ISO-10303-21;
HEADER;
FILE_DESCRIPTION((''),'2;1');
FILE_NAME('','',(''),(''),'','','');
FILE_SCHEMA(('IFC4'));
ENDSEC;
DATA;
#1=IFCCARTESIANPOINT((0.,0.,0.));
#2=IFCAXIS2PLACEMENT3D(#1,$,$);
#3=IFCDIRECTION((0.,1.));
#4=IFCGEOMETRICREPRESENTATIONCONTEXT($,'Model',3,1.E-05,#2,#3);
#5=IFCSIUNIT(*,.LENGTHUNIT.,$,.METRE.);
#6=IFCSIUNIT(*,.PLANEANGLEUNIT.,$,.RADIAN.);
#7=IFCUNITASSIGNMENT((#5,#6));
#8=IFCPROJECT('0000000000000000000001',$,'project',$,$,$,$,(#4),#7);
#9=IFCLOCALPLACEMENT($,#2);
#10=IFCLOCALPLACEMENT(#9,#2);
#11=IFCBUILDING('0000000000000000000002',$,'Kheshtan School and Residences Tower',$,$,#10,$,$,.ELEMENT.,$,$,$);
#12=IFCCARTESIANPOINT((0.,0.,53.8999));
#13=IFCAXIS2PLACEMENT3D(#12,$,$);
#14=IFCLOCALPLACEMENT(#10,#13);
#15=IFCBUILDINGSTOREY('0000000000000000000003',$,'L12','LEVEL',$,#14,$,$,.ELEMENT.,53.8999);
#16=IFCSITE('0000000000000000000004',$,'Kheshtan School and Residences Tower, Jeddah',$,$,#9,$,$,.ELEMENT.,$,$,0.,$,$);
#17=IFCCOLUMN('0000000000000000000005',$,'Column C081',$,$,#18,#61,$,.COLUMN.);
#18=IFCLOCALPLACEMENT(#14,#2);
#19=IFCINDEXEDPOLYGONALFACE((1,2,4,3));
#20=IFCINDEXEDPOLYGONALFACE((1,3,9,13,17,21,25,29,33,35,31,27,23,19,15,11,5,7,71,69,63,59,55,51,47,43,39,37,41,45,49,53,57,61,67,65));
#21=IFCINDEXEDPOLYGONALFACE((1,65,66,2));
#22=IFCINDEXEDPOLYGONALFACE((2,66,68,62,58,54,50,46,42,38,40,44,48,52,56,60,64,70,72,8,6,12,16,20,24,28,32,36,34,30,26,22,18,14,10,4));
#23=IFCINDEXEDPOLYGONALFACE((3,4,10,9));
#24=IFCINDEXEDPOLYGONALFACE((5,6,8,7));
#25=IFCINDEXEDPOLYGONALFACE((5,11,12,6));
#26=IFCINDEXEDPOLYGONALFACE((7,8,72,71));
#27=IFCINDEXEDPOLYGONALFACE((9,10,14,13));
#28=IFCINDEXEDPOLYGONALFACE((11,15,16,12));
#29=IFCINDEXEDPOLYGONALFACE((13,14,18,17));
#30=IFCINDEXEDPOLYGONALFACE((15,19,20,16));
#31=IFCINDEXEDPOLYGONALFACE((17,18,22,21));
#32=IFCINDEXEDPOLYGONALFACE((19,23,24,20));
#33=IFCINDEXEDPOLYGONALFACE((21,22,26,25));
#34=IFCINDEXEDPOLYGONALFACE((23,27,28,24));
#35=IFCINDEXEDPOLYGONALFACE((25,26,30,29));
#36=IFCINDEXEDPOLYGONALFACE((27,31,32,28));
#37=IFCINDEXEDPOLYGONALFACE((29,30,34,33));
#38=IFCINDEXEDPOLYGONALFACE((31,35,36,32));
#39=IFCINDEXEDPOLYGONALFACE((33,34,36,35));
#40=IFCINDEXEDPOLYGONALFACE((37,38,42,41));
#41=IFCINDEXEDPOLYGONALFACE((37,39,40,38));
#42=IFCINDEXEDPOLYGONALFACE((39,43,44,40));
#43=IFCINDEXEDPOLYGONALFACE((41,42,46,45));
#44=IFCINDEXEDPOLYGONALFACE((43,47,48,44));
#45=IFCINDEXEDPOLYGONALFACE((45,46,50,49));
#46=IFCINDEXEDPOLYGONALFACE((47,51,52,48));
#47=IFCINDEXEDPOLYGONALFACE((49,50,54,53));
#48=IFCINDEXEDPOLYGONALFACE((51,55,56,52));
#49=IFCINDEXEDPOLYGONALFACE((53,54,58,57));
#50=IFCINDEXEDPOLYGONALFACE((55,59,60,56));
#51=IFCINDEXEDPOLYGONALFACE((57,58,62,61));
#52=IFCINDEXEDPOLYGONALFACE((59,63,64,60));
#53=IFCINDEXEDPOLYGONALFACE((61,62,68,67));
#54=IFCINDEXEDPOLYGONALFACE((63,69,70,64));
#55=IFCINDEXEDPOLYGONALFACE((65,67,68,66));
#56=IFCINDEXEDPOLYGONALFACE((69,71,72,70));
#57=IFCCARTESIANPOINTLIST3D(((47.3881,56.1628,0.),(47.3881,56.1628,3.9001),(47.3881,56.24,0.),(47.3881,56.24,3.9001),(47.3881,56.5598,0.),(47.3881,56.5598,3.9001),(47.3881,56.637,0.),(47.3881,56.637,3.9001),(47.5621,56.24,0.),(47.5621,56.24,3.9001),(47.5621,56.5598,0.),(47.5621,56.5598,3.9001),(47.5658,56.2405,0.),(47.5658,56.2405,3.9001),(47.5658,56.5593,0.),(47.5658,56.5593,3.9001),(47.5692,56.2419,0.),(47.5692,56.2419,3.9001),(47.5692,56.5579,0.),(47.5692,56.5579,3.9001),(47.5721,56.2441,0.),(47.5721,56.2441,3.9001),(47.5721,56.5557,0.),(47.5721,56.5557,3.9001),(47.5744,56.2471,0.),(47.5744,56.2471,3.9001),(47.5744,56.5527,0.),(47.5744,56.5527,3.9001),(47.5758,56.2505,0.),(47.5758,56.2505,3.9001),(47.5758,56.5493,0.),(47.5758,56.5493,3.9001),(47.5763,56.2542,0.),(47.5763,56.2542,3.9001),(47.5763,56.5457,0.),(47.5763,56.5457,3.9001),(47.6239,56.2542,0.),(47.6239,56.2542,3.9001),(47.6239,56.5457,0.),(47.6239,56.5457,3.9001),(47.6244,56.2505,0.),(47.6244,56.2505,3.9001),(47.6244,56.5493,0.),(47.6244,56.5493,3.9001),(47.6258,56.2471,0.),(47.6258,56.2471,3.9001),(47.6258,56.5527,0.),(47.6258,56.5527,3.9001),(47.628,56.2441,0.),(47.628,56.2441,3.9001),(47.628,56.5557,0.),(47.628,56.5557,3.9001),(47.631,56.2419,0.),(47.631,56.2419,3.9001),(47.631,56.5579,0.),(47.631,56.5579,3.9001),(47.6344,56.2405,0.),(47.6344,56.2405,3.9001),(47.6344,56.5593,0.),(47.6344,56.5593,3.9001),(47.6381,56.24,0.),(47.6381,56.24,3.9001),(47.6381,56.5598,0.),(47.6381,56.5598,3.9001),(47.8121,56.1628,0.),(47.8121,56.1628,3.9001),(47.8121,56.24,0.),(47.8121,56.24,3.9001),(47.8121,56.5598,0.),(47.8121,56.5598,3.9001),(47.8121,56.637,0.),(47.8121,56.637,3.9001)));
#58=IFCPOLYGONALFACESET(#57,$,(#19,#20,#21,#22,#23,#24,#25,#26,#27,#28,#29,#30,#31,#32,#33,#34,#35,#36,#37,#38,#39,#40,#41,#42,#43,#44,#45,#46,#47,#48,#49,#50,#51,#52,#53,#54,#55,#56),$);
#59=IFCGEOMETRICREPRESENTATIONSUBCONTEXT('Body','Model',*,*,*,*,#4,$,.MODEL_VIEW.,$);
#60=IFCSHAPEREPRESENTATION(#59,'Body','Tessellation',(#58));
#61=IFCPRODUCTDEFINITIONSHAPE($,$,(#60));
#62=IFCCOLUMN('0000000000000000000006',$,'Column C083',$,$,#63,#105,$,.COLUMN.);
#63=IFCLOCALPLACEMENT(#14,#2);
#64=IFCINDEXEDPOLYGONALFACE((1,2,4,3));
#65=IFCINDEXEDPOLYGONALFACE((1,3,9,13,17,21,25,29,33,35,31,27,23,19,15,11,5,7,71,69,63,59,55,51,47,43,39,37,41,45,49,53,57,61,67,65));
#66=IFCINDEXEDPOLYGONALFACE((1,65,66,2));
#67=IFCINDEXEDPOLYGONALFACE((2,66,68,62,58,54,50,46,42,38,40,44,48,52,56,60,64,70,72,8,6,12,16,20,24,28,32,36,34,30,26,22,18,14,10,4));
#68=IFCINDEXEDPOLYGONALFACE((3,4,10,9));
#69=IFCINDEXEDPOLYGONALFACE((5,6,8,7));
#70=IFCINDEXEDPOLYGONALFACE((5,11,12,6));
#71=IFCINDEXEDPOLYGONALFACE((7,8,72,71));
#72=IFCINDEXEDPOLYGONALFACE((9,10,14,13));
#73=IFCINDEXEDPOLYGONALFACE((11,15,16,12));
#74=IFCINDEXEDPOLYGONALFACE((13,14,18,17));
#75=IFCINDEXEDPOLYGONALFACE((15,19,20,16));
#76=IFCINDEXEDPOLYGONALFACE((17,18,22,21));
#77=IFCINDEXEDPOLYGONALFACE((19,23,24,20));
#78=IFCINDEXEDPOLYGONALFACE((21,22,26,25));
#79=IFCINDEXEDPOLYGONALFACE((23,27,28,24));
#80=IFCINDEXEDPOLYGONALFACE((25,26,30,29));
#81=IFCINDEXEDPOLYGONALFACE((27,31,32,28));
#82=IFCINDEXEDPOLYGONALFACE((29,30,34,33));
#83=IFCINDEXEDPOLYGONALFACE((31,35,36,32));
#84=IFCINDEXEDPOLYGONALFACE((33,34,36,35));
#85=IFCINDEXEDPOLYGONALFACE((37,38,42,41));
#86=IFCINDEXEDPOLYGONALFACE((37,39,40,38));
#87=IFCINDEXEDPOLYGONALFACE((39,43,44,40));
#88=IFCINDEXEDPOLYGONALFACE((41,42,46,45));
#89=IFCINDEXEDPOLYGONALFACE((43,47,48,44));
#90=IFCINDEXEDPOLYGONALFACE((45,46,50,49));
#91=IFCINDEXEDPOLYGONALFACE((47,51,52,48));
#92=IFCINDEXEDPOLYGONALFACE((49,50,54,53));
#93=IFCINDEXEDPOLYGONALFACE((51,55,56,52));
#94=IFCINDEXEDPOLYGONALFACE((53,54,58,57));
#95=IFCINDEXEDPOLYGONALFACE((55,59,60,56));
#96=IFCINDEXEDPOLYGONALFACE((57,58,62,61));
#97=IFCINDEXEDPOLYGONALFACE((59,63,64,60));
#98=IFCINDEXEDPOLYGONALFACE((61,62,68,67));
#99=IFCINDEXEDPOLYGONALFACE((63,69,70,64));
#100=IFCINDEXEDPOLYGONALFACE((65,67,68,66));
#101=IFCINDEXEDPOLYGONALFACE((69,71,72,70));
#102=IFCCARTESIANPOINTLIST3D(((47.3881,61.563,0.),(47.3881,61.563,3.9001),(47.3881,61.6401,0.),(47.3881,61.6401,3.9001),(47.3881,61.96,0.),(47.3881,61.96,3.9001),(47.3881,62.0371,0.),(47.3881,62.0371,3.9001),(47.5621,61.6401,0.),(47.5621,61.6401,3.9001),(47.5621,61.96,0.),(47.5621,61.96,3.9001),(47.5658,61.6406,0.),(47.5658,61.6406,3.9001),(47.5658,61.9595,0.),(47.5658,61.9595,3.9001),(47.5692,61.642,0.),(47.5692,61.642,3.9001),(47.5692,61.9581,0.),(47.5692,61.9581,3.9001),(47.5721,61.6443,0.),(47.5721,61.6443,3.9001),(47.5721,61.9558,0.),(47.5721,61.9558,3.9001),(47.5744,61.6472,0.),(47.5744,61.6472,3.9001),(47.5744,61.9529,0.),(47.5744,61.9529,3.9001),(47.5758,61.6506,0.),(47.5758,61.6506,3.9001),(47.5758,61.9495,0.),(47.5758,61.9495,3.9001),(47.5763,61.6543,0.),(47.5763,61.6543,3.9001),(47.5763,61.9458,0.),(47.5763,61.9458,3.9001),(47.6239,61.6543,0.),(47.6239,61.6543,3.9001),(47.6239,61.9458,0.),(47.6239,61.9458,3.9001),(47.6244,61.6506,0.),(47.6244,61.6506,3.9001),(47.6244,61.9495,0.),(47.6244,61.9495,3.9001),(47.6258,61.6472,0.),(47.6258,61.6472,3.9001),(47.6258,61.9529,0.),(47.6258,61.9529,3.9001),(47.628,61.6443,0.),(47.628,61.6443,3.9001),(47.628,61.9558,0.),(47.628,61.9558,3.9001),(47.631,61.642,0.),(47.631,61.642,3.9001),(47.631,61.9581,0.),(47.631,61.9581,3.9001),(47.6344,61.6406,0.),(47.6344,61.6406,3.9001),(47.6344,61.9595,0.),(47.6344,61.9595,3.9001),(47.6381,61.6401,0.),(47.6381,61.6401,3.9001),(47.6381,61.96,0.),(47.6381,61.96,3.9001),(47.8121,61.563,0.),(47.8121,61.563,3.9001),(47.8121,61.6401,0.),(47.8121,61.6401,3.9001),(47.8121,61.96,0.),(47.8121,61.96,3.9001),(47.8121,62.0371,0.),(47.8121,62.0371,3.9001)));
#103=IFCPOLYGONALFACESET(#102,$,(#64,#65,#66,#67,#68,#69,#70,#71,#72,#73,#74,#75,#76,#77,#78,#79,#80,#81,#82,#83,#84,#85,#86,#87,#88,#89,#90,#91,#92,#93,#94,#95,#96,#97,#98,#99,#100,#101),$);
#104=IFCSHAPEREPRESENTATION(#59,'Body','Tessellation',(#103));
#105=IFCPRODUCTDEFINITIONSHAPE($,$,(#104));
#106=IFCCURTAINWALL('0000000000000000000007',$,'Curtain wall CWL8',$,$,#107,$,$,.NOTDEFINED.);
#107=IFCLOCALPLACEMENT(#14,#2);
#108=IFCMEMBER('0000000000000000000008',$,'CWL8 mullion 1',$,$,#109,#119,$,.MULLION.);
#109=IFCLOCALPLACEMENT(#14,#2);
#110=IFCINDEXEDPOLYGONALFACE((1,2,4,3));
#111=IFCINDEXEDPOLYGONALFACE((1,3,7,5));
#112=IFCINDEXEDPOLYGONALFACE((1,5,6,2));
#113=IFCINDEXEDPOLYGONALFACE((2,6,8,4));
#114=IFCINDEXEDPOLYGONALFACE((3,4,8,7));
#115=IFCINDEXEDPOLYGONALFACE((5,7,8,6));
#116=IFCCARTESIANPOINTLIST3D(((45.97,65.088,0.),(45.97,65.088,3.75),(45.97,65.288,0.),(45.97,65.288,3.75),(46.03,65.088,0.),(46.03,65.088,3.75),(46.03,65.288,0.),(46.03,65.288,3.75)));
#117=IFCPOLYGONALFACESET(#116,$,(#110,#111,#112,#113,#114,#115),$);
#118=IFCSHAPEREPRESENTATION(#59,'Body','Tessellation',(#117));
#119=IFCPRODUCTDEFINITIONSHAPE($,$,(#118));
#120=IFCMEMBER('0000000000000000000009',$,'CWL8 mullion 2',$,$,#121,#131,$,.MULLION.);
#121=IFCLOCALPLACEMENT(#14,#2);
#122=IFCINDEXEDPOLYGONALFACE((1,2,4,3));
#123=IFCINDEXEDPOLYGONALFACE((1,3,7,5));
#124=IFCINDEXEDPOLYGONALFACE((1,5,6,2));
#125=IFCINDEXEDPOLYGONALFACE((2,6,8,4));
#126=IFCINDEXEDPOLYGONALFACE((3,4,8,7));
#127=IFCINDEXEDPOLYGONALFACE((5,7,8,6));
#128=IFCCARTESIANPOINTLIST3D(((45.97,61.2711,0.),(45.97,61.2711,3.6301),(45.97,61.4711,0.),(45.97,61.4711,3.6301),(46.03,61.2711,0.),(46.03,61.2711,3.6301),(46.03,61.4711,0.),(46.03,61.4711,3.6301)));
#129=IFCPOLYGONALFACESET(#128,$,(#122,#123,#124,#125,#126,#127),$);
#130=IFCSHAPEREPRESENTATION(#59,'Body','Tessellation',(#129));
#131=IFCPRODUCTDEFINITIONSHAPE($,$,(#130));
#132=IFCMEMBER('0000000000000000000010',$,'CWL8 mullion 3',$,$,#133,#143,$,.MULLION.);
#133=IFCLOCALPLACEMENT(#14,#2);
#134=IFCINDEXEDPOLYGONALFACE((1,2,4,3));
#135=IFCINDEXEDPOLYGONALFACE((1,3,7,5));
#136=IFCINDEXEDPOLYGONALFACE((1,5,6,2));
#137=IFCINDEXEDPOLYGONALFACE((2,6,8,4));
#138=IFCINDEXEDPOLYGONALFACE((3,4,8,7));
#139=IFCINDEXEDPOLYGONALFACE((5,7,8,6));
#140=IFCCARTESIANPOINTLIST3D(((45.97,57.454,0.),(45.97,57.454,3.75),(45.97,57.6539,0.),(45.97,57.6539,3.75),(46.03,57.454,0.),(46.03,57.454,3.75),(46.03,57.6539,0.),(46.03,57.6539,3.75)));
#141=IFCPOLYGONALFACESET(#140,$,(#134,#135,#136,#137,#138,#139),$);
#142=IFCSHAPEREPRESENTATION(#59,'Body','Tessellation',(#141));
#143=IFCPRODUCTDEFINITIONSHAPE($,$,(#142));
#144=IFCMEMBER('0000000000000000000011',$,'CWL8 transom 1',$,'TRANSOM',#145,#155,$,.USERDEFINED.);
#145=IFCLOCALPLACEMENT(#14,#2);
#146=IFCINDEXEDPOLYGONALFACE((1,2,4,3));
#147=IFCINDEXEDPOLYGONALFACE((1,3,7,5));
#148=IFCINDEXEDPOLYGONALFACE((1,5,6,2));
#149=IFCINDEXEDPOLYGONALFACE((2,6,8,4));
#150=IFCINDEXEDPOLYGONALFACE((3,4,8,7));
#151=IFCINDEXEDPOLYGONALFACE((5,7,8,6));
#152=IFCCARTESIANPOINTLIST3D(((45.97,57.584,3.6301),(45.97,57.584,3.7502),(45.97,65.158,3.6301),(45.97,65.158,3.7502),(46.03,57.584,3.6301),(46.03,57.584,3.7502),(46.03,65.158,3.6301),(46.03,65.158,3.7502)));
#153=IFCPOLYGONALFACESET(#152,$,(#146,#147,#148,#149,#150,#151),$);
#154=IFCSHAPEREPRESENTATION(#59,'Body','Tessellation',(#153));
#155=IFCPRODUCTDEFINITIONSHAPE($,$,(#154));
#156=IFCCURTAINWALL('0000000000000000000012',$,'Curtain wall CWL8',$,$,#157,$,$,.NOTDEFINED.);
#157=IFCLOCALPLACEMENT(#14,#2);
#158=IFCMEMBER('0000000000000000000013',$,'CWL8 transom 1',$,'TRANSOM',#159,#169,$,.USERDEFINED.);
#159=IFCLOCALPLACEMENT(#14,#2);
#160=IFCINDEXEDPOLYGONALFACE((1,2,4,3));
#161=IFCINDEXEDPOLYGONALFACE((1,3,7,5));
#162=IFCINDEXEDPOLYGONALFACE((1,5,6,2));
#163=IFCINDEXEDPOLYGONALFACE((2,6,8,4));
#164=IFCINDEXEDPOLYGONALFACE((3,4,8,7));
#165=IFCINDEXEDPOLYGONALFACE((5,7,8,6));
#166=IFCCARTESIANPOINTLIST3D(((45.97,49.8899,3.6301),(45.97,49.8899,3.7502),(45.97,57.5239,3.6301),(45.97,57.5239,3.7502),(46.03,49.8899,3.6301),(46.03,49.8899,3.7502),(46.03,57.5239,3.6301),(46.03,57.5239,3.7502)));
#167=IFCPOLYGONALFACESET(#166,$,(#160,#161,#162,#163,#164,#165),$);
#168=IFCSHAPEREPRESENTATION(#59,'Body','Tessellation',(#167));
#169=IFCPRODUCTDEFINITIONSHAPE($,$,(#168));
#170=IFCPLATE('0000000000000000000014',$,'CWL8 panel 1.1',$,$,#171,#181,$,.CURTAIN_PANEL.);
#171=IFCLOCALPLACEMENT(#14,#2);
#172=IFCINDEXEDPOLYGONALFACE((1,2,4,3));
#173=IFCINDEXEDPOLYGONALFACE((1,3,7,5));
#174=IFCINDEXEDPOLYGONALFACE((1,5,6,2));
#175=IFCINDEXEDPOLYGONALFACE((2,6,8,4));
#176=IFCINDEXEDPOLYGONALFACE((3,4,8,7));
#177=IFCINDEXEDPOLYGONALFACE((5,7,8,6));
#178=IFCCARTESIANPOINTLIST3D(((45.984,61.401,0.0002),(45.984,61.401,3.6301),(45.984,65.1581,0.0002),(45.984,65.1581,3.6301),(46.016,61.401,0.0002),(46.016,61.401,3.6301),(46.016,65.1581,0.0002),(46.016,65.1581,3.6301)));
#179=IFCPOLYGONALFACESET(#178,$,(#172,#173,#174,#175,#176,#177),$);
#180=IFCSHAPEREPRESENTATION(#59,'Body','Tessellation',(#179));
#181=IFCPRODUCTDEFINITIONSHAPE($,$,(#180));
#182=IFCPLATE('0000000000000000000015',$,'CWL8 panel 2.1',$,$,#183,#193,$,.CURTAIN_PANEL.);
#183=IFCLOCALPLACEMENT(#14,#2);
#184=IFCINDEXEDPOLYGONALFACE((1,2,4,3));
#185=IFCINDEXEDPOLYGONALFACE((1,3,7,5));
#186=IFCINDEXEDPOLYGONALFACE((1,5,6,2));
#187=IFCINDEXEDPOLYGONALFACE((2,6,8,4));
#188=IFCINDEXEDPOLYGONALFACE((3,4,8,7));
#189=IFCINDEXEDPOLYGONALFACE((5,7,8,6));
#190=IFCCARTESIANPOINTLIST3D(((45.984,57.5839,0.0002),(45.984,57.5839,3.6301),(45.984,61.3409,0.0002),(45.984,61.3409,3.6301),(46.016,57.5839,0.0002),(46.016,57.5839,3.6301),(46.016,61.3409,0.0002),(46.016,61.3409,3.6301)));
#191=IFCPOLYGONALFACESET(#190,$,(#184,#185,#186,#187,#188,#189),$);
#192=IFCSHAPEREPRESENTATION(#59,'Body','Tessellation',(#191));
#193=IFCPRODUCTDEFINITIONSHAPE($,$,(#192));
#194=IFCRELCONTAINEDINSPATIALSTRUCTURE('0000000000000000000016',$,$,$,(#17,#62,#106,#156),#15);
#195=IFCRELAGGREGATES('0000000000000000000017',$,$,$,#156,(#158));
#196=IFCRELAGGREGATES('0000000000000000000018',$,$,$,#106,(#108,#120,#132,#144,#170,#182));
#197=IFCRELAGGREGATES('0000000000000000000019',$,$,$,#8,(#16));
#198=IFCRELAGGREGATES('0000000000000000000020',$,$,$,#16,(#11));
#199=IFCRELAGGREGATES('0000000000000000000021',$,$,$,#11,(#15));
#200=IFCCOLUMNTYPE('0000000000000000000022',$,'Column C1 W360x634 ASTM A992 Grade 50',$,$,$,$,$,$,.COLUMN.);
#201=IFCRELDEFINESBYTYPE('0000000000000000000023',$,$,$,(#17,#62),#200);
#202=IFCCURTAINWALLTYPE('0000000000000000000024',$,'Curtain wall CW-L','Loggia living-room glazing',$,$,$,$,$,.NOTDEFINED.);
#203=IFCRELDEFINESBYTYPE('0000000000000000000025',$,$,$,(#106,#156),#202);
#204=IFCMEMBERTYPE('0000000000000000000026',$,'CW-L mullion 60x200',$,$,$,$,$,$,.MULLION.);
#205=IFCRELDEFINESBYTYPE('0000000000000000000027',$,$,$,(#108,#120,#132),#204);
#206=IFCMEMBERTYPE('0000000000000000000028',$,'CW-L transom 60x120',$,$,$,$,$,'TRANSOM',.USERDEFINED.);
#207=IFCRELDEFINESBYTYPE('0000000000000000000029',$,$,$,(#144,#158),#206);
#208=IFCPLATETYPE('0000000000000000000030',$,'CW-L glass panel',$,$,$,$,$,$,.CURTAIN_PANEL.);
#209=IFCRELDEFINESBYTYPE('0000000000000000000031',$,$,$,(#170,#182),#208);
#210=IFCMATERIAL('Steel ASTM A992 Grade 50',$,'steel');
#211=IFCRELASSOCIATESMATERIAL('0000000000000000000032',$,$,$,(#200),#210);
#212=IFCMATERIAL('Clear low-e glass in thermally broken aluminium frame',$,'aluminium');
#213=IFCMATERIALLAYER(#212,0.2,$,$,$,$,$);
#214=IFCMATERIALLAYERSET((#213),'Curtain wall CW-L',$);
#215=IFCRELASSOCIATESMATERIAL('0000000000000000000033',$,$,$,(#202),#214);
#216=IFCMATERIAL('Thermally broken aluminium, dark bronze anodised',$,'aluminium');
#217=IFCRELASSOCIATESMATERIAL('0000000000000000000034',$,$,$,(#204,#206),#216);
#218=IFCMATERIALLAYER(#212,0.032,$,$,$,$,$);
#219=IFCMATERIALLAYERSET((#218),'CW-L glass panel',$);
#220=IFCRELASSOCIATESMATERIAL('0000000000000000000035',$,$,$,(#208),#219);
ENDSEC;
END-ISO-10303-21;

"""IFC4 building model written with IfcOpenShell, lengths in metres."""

from ifc_helpers import new_model, si_unit, direction, frame, origin, origin_2d, place, context, subcontext, project, spatial, rectangle, i_section, extrude, material, layer, layer_set, material_profile, profile_set, type_object, element, aggregate, save


model = new_model("IFC4")

# Units and contexts
model_context = context("Model", 3, precision=1e-05, world=origin(), true_north=direction((0.0, 1.0)))
body_context = subcontext(model_context, "Body", "Model", "MODEL_VIEW")
ifc_project = project(units=[si_unit("LENGTHUNIT", "METRE"), si_unit("PLANEANGLEUNIT", "RADIAN")], contexts=[model_context])

# Site, building, storey
site_placement = place(None, origin())
site = spatial("IfcSite", under=ifc_project, at=site_placement, Name="Kheshtan School and Residences Tower, Jeddah", CompositionType="ELEMENT", RefElevation=0.0)
building_placement = place(site_placement, origin())
building = spatial("IfcBuilding", under=site, at=building_placement, Name="Kheshtan School and Residences Tower", CompositionType="ELEMENT")
storey_placement = place(building_placement, frame((0.0, 0.0, 53.8999)))
storey = spatial("IfcBuildingStorey", under=building, at=storey_placement, Name="L12", Description="LEVEL", CompositionType="ELEMENT", Elevation=53.8999)

# Columns
ifc_material_1 = material(Name="Steel ASTM A992 Grade 50", Category="steel")
ifc_material_profile_1 = material_profile(ifc_material_1, i_section(OverallWidth=0.4241, OverallDepth=0.4741, WebThickness=0.0476, FlangeThickness=0.0771, FilletRadius=0.0142, at=origin_2d()), Name="W360x634")
ifc_profile_set_1 = profile_set([ifc_material_profile_1], Name="Steel ASTM A992 Grade 50")
column_type = type_object("IfcColumnType", Name="Column C1 W360x634 ASTM A992 Grade 50", PredefinedType="COLUMN", material=ifc_profile_set_1)
for number, where, z_axis, x_axis, name in (
    (1, (47.6001, 56.3999, 0.0), (0.0, 0.0, 1.0), (1.0, 0.0, 0.0), "Column C081"),
    (2, (47.6001, 61.8, 0.0), (0.0, 0.0, 1.0), (1.0, 0.0, 0.0), "Column C083"),
):
    element("IfcColumn", number, at=place(storey_placement, frame(where, z_axis=z_axis, x_axis=x_axis)), inside=storey, type_object=column_type, Name=name, PredefinedType="COLUMN", context=body_context, shape_type="SweptSolid", body=[
        extrude(i_section(OverallWidth=0.4241, OverallDepth=0.4741, WebThickness=0.0476, FlangeThickness=0.0771, FilletRadius=0.0142, at=origin_2d()), origin(), (0.0, 0.0, 1.0), 3.9001),
    ])

# Curtain wall, members
ifc_material_2 = material(Name="Clear low-e glass in thermally broken aluminium frame", Category="aluminium")
ifc_layer_1 = layer(ifc_material_2, 0.2)
ifc_layer_set_1 = layer_set([ifc_layer_1], Name="Curtain wall CW-L")
curtain_wall_type = type_object("IfcCurtainWallType", Name="Curtain wall CW-L", Description="Loggia living-room glazing", PredefinedType="NOTDEFINED", material=ifc_layer_set_1)
curtain_wall_1_placement = place(storey_placement, origin())
curtain_wall_1 = element("IfcCurtainWall", 3, at=curtain_wall_1_placement, inside=storey, type_object=curtain_wall_type, Name="Curtain wall CWL8", PredefinedType="NOTDEFINED")
ifc_material_3 = material(Name="Thermally broken aluminium, dark bronze anodised", Category="aluminium")
ifc_material_profile_2 = material_profile(ifc_material_3, rectangle(XDim=0.0601, YDim=0.2, at=origin_2d()), Name="CW-L mullion 60x200")
ifc_profile_set_2 = profile_set([ifc_material_profile_2], Name="Thermally broken aluminium, dark bronze anodised")
member_type_1 = type_object("IfcMemberType", Name="CW-L mullion 60x200", PredefinedType="MULLION", material=ifc_profile_set_2)
member_1_placement = place(storey_placement, frame((46.0, 65.188, 0.0), z_axis=(0.0, 0.0, 1.0), x_axis=(1.0, 0.0, 0.0)))
member_1 = element("IfcMember", 4, at=member_1_placement, type_object=member_type_1, Name="CWL8 mullion 1", PredefinedType="MULLION", context=body_context, shape_type="SweptSolid", body=[
    extrude(rectangle(XDim=0.0601, YDim=0.2, at=origin_2d()), origin(), (0.0, 0.0, 1.0), 3.75),
])
member_2_placement = place(storey_placement, frame((46.0, 61.3711, 0.0), z_axis=(0.0, 0.0, 1.0), x_axis=(1.0, 0.0, 0.0)))
member_2 = element("IfcMember", 5, at=member_2_placement, type_object=member_type_1, Name="CWL8 mullion 2", PredefinedType="MULLION", context=body_context, shape_type="SweptSolid", body=[
    extrude(rectangle(XDim=0.0601, YDim=0.2, at=origin_2d()), origin(), (0.0, 0.0, 1.0), 3.6301),
])
member_3_placement = place(storey_placement, frame((46.0, 57.554, 0.0), z_axis=(0.0, 0.0, 1.0), x_axis=(1.0, 0.0, 0.0)))
member_3 = element("IfcMember", 6, at=member_3_placement, type_object=member_type_1, Name="CWL8 mullion 3", PredefinedType="MULLION", context=body_context, shape_type="SweptSolid", body=[
    extrude(rectangle(XDim=0.0601, YDim=0.2, at=origin_2d()), origin(), (0.0, 0.0, 1.0), 3.75),
])
ifc_material_profile_3 = material_profile(ifc_material_3, rectangle(XDim=0.0601, YDim=0.1201, at=origin_2d()), Name="CW-L transom 60x120")
ifc_profile_set_3 = profile_set([ifc_material_profile_3], Name="Thermally broken aluminium, dark bronze anodised")
member_type_2 = type_object("IfcMemberType", Name="CW-L transom 60x120", ElementType="TRANSOM", PredefinedType="USERDEFINED", material=ifc_profile_set_3)
member_4_placement = place(storey_placement, frame((46.0, 65.158, 3.6902), z_axis=(0.0, -1.0, 0.0), x_axis=(1.0, 0.0, 0.0)))
member_4 = element("IfcMember", 7, at=member_4_placement, type_object=member_type_2, Name="CWL8 transom 1", ObjectType="TRANSOM", PredefinedType="USERDEFINED", context=body_context, shape_type="SweptSolid", body=[
    extrude(rectangle(XDim=0.0601, YDim=0.1201, at=origin_2d()), origin(), (0.0, 0.0, 1.0), 7.574),
])

# Curtain wall, member
curtain_wall_2_placement = place(storey_placement, origin())
curtain_wall_2 = element("IfcCurtainWall", 8, at=curtain_wall_2_placement, inside=storey, type_object=curtain_wall_type, Name="Curtain wall CWL8", PredefinedType="NOTDEFINED")
member_5_placement = place(storey_placement, frame((46.0, 57.5239, 3.6902), z_axis=(0.0, -1.0, 0.0), x_axis=(1.0, 0.0, 0.0)))
member_5 = element("IfcMember", 9, at=member_5_placement, type_object=member_type_2, Name="CWL8 transom 1", ObjectType="TRANSOM", PredefinedType="USERDEFINED", context=body_context, shape_type="SweptSolid", body=[
    extrude(rectangle(XDim=0.0601, YDim=0.1201, at=origin_2d()), origin(), (0.0, 0.0, 1.0), 7.634),
])
aggregate(curtain_wall_2, [member_5])

# Plates
ifc_layer_2 = layer(ifc_material_2, 0.032)
ifc_layer_set_2 = layer_set([ifc_layer_2], Name="CW-L glass panel")
plate_type = type_object("IfcPlateType", Name="CW-L glass panel", PredefinedType="CURTAIN_PANEL", material=ifc_layer_set_2)
plate_1_placement = place(storey_placement, frame((46.0, 63.2795, 0.0002), z_axis=(0.0, 0.0, 1.0), x_axis=(0.0, -1.0, 0.0)))
plate_1 = element("IfcPlate", 10, at=plate_1_placement, type_object=plate_type, Name="CWL8 panel 1.1", PredefinedType="CURTAIN_PANEL", context=body_context, shape_type="SweptSolid", body=[
    extrude(rectangle(XDim=3.7571, YDim=0.032, at=origin_2d()), origin(), (0.0, 0.0, 1.0), 3.6299),
])
plate_2_placement = place(storey_placement, frame((46.0, 59.4624, 0.0002), z_axis=(0.0, 0.0, 1.0), x_axis=(0.0, -1.0, 0.0)))
plate_2 = element("IfcPlate", 11, at=plate_2_placement, type_object=plate_type, Name="CWL8 panel 2.1", PredefinedType="CURTAIN_PANEL", context=body_context, shape_type="SweptSolid", body=[
    extrude(rectangle(XDim=3.7571, YDim=0.032, at=origin_2d()), origin(), (0.0, 0.0, 1.0), 3.6299),
])
aggregate(curtain_wall_1, [member_1, member_2, member_3, member_4, plate_1, plate_2])

save(model, "model.ifc")
